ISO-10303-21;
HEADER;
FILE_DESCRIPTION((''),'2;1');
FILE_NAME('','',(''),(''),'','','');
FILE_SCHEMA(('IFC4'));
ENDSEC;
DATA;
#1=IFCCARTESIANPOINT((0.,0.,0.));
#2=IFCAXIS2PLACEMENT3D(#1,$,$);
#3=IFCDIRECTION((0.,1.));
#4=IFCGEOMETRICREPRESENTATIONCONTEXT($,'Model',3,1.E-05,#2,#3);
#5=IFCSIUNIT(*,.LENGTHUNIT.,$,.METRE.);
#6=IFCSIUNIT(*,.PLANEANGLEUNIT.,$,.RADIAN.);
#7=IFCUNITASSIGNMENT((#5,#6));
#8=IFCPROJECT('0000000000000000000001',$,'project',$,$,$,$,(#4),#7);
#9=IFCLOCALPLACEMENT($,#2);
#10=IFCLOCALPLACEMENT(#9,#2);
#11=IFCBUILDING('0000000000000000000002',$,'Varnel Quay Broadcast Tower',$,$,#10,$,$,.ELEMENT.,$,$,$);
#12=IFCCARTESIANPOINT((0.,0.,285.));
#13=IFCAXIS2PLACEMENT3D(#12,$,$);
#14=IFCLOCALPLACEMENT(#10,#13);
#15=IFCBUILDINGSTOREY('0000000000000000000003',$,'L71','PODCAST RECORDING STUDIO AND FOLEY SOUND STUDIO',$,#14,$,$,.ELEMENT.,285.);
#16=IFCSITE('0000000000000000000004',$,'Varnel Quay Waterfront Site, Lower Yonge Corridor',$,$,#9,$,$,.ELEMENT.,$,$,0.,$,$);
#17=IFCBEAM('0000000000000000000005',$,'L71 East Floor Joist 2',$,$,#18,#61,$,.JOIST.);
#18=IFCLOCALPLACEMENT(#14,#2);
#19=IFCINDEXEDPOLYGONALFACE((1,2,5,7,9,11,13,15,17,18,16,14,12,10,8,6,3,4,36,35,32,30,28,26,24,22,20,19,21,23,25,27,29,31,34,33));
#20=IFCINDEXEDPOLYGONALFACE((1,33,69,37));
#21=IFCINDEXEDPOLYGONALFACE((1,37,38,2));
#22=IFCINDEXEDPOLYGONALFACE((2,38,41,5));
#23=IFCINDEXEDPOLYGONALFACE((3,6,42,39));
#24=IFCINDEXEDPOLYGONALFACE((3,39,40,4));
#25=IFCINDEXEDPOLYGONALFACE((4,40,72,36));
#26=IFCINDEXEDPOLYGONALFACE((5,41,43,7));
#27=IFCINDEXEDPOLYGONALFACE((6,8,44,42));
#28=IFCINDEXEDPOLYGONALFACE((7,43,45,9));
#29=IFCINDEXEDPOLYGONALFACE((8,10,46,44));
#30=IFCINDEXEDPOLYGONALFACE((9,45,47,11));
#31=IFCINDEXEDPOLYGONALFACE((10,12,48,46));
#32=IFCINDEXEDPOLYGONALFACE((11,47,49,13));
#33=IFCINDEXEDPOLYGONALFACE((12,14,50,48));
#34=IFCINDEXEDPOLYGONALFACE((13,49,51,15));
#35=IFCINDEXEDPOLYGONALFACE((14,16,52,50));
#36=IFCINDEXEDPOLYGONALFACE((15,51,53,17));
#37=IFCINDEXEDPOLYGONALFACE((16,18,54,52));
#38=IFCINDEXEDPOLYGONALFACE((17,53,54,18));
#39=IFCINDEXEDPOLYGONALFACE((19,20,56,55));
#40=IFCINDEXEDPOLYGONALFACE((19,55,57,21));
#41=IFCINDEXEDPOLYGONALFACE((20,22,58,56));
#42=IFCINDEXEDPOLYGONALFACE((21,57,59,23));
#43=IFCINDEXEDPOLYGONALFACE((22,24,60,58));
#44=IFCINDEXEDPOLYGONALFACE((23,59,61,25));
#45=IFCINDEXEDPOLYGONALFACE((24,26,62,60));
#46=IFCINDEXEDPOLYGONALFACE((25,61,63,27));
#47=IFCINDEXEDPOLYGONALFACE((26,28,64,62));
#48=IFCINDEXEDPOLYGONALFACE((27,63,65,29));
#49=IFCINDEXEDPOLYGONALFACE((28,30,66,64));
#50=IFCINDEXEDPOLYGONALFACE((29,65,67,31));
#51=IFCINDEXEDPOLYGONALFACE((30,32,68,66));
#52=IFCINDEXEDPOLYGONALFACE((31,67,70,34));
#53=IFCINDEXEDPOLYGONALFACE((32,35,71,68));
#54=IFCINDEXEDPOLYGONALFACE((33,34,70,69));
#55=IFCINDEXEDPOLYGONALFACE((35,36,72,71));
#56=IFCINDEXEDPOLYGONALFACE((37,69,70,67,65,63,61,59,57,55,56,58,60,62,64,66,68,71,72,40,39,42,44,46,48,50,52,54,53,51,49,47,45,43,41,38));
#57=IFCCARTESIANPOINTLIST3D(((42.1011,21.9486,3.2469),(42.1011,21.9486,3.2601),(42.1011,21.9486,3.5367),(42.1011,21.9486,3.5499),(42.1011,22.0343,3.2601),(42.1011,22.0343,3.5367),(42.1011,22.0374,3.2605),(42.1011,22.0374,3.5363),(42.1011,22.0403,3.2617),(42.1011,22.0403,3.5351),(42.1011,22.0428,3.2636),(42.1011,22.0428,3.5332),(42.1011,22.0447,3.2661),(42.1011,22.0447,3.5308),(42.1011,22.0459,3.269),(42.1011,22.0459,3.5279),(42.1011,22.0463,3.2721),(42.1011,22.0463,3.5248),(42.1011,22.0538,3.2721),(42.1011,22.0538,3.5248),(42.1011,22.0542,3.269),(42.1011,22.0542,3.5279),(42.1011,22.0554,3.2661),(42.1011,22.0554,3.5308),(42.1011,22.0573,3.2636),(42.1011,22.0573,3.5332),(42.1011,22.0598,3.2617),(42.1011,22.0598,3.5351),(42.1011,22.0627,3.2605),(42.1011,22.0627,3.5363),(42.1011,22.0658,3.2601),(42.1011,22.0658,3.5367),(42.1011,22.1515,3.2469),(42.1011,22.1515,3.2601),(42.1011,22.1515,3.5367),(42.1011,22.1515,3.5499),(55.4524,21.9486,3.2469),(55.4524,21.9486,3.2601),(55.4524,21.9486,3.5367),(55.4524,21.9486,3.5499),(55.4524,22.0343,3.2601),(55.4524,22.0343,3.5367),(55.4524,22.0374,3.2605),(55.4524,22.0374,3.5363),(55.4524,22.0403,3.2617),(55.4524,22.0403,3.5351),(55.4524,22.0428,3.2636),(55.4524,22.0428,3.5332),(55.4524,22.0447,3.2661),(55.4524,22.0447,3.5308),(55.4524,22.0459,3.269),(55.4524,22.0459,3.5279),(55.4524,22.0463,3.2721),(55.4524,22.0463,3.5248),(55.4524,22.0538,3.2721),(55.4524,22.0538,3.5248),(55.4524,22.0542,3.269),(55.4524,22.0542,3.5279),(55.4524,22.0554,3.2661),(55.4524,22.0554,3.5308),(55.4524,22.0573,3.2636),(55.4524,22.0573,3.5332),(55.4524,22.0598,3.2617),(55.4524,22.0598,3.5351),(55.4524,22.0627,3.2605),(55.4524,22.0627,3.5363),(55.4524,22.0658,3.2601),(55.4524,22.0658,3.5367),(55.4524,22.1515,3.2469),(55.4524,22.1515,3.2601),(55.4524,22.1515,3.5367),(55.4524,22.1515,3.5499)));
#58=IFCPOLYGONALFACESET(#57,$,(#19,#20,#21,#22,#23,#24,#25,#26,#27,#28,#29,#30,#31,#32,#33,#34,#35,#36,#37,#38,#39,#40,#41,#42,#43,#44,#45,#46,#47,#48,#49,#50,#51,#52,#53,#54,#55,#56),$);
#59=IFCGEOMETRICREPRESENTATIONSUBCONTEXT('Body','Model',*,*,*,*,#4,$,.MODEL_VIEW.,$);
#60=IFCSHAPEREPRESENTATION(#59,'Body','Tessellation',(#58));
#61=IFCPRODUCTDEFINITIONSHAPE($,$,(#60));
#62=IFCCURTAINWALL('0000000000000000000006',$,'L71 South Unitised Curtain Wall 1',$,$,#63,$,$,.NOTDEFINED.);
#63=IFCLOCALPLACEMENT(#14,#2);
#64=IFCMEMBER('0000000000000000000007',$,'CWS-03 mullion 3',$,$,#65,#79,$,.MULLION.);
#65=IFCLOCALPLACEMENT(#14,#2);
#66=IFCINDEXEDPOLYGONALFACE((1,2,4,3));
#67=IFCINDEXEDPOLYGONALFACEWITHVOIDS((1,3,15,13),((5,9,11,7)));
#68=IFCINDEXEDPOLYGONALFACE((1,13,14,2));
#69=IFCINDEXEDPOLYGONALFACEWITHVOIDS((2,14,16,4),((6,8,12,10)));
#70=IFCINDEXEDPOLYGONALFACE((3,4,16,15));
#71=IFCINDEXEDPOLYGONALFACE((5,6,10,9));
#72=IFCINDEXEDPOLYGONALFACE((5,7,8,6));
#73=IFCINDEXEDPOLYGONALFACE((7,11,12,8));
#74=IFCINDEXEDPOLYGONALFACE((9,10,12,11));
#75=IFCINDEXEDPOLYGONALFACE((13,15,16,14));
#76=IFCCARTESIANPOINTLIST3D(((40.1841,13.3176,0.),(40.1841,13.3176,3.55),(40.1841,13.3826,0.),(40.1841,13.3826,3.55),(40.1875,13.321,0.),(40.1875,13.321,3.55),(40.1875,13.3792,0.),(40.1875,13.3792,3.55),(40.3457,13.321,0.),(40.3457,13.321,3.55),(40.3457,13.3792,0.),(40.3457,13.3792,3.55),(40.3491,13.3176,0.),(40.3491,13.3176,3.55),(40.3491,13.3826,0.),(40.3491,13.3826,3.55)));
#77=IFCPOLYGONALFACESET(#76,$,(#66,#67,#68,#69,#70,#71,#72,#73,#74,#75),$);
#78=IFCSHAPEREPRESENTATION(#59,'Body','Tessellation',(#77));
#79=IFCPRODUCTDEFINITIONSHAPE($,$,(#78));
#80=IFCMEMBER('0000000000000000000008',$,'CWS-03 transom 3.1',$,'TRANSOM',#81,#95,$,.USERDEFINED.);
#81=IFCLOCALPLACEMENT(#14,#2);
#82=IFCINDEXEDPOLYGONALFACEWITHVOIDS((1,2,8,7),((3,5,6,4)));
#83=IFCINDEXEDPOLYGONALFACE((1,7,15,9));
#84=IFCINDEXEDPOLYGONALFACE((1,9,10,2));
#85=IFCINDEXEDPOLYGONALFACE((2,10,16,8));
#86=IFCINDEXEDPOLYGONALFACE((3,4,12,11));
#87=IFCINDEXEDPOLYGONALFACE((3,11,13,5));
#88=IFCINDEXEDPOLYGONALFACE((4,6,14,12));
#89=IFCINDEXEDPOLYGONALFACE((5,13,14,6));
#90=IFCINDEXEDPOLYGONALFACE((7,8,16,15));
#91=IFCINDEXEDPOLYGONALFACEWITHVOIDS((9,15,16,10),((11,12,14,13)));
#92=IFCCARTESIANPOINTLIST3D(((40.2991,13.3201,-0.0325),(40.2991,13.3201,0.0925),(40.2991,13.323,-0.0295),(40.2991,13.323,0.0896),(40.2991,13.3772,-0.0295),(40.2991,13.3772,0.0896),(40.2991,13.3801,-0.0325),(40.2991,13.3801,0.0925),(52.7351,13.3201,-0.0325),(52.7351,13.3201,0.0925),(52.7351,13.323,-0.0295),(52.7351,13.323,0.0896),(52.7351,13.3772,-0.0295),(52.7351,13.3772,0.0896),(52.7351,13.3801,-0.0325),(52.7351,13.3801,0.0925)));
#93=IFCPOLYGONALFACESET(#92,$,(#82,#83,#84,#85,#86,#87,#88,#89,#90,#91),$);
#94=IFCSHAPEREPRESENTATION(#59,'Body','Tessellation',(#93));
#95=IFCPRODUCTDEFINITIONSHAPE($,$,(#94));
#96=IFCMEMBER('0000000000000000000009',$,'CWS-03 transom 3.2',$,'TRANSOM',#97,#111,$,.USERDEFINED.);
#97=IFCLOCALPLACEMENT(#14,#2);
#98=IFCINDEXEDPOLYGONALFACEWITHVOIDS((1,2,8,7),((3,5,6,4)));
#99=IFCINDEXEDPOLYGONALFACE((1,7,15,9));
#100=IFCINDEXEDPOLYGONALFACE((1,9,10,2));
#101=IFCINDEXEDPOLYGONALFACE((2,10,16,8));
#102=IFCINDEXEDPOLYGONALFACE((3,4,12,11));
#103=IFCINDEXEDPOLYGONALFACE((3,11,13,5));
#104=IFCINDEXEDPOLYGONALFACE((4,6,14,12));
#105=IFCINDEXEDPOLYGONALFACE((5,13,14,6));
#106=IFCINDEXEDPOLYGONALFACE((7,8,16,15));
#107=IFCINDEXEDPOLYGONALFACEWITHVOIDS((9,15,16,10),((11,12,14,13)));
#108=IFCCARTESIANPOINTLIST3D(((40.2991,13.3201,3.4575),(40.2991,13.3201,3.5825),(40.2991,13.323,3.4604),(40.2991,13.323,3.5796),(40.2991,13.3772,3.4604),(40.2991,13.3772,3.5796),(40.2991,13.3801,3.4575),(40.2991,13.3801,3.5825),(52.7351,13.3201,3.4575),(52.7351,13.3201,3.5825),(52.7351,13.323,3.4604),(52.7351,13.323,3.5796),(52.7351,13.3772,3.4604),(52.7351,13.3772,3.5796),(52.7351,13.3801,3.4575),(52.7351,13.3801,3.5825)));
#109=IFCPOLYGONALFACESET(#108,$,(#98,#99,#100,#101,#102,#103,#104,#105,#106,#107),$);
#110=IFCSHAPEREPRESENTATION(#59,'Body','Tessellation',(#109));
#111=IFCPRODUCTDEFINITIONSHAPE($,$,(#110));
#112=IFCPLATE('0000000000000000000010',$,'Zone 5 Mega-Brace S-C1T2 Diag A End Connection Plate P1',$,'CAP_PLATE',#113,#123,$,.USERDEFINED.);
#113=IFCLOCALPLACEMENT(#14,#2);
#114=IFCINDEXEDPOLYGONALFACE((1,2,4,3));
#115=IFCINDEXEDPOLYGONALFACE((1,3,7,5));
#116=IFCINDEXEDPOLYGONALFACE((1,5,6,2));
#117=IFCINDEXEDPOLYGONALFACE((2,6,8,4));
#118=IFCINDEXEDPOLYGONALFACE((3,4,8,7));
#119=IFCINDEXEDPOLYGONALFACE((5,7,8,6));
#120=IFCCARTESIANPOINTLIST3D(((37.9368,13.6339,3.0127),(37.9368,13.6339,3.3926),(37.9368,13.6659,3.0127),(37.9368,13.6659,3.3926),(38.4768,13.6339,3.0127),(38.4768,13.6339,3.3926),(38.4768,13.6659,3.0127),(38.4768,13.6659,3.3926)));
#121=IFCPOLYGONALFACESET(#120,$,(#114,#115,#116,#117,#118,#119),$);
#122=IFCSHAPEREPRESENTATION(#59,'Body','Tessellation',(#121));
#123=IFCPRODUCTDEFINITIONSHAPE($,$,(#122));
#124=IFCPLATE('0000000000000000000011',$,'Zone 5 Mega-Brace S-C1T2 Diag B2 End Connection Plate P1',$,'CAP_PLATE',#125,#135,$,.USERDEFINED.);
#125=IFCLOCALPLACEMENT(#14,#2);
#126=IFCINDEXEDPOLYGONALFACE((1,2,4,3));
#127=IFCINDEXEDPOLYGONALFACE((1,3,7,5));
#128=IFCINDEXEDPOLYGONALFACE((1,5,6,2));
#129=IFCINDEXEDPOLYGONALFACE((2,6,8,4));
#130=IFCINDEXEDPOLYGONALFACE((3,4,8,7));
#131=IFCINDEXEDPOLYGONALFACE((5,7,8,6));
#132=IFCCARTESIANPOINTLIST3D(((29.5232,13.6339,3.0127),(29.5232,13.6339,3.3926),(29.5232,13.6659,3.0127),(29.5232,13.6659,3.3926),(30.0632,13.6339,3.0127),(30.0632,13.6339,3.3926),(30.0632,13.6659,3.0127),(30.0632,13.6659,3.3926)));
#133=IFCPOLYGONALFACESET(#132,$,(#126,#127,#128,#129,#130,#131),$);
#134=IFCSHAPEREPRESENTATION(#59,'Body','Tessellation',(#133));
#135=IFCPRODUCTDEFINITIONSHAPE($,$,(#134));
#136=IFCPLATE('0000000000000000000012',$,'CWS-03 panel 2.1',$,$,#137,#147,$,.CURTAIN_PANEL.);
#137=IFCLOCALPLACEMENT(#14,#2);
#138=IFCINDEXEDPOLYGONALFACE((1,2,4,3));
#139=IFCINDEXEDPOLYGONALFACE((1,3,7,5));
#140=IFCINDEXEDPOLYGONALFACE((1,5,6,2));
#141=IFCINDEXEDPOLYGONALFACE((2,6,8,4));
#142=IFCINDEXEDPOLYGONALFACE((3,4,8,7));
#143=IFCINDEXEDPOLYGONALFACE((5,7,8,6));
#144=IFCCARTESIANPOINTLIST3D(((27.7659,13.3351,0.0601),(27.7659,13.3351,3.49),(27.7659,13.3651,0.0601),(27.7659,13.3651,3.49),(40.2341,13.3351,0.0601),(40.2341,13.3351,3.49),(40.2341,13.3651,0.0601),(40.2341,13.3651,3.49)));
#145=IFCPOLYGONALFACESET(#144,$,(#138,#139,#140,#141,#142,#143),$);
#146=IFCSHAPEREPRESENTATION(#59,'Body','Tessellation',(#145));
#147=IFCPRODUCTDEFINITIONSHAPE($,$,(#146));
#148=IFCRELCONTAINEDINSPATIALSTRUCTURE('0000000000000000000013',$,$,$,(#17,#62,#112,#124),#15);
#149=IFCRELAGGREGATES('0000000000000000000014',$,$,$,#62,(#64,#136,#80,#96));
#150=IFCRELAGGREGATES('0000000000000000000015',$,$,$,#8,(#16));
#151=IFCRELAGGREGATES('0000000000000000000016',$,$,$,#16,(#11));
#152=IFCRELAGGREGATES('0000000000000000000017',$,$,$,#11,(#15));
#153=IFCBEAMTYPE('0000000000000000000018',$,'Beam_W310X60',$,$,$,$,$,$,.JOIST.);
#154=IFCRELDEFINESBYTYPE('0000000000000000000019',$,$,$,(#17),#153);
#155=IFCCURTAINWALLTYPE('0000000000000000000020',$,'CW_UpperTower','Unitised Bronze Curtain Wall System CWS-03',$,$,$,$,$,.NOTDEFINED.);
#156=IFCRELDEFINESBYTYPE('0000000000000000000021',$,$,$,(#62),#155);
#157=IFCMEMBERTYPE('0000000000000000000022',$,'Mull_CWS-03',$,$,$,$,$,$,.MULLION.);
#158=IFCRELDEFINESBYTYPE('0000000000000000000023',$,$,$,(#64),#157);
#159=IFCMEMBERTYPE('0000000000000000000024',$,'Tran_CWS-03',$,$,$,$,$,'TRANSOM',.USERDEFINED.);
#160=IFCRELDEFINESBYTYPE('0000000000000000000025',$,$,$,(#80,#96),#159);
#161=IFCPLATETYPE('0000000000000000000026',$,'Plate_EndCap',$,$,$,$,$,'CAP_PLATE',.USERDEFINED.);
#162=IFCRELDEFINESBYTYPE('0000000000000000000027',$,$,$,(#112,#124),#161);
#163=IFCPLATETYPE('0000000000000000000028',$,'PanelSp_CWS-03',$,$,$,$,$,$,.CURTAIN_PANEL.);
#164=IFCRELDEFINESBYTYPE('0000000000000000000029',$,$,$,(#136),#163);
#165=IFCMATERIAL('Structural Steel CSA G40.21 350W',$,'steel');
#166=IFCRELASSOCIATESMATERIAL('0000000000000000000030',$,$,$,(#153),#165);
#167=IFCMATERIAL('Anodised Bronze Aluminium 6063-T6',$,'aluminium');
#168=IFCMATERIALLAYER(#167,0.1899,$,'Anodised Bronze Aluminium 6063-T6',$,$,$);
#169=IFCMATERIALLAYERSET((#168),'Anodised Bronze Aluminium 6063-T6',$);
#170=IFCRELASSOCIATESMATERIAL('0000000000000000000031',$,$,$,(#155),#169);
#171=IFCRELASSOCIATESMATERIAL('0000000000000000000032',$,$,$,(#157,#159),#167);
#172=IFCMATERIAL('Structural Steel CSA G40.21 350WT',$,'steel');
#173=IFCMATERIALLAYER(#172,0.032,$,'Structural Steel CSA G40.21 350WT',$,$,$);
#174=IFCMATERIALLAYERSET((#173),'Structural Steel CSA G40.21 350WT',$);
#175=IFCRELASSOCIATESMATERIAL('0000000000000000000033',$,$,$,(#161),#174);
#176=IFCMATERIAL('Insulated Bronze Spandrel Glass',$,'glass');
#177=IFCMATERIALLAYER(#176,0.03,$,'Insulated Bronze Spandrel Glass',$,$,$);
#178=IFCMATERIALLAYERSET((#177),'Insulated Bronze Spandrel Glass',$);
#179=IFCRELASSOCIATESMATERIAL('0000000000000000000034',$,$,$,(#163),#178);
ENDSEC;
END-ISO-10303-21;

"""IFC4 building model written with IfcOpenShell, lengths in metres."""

from ifc_helpers import new_model, si_unit, direction, frame, origin, origin_2d, place, context, subcontext, project, spatial, rectangle, hollow_rectangle, i_section, extrude, source, transform, mapped, material, layer, layer_set, material_profile, profile_set, type_object, type_shapes, element, aggregate, save


model = new_model("IFC4")

# Units and contexts
model_context = context("Model", 3, precision=1e-05, world=origin(), true_north=direction((0.0, 1.0)))
body_context = subcontext(model_context, "Body", "Model", "MODEL_VIEW")
ifc_project = project(units=[si_unit("LENGTHUNIT", "METRE"), si_unit("PLANEANGLEUNIT", "RADIAN")], contexts=[model_context])

# Site, building, storey
site_placement = place(None, origin())
site = spatial("IfcSite", under=ifc_project, at=site_placement, Name="Varnel Quay Waterfront Site, Lower Yonge Corridor", CompositionType="ELEMENT", RefElevation=0.0)
building_placement = place(site_placement, origin())
building = spatial("IfcBuilding", under=site, at=building_placement, Name="Varnel Quay Broadcast Tower", CompositionType="ELEMENT")
storey_placement = place(building_placement, frame((0.0, 0.0, 285.0)))
storey = spatial("IfcBuildingStorey", under=building, at=storey_placement, Name="L71", Description="PODCAST RECORDING STUDIO AND FOLEY SOUND STUDIO", CompositionType="ELEMENT", Elevation=285.0)

# Shared definitions
ifc_material_1 = material(Name="Structural Steel CSA G40.21 350W", Category="steel")

# Beam
ifc_material_profile_1 = material_profile(ifc_material_1, i_section(OverallWidth=0.2029, OverallDepth=0.303, WebThickness=0.0076, FlangeThickness=0.0132, FilletRadius=0.012, at=origin_2d()), Name="W310X60")
ifc_profile_set_1 = profile_set([ifc_material_profile_1], Name="Structural Steel CSA G40.21 350W")
beam_type_1 = type_object("IfcBeamType", Name="Beam_W310X60", PredefinedType="JOIST", material=ifc_profile_set_1)
shared_shape_1 = source(origin(), body_context, "Body", "SweptSolid", [
    extrude(i_section(OverallWidth=0.2029, OverallDepth=0.303, WebThickness=0.0076, FlangeThickness=0.0132, FilletRadius=0.012, at=origin_2d()), origin(), (0.0, 0.0, 1.0), 13.3513),
])
type_shapes(beam_type_1, [shared_shape_1])
beam_1_placement = place(storey_placement, frame((42.1011, 22.05, 3.3984), z_axis=(1.0, 0.0, 0.0), x_axis=(0.0, 1.0, 0.0)))
element("IfcBeam", 1, at=beam_1_placement, inside=storey, type_object=beam_type_1, Name="L71 East Floor Joist 2", PredefinedType="JOIST", context=body_context, shape_type="MappedRepresentation", body=[
    mapped(shared_shape_1, transform((0.0, 0.0, 0.0), x_axis=(1.0, 0.0, 0.0), y_axis=(0.0, 1.0, 0.0), z_axis=(0.0, 0.0, 1.0), scale=1.0)),
])

# Curtain wall, members
ifc_material_2 = material(Name="Anodised Bronze Aluminium 6063-T6", Category="aluminium")
ifc_layer_1 = layer(ifc_material_2, 0.1899, Name="Anodised Bronze Aluminium 6063-T6")
ifc_layer_set_1 = layer_set([ifc_layer_1], Name="Anodised Bronze Aluminium 6063-T6")
curtain_wall_type = type_object("IfcCurtainWallType", Name="CW_UpperTower", Description="Unitised Bronze Curtain Wall System CWS-03", PredefinedType="NOTDEFINED", material=ifc_layer_set_1)
curtain_wall_placement = place(storey_placement, origin())
curtain_wall = element("IfcCurtainWall", 2, at=curtain_wall_placement, inside=storey, type_object=curtain_wall_type, Name="L71 South Unitised Curtain Wall 1", PredefinedType="NOTDEFINED")
ifc_material_profile_2 = material_profile(ifc_material_2, hollow_rectangle(XDim=0.0649, YDim=0.165, WallThickness=0.0034, at=origin_2d()), Name="ALU65X165X3.5")
ifc_profile_set_2 = profile_set([ifc_material_profile_2], Name="Anodised Bronze Aluminium 6063-T6")
member_type_1 = type_object("IfcMemberType", Name="Mull_CWS-03", PredefinedType="MULLION", material=ifc_profile_set_2)
shared_shape_2 = source(origin(), body_context, "Body", "SweptSolid", [
    extrude(hollow_rectangle(XDim=0.0649, YDim=0.165, WallThickness=0.0034, at=origin_2d()), origin(), (0.0, 0.0, 1.0), 3.55),
])
type_shapes(member_type_1, [shared_shape_2])
member_1_placement = place(storey_placement, frame((40.2666, 13.3501, 0.0), z_axis=(0.0, 0.0, 1.0), x_axis=(0.0, 1.0, 0.0)))
member_1 = element("IfcMember", 3, at=member_1_placement, type_object=member_type_1, Name="CWS-03 mullion 3", PredefinedType="MULLION", context=body_context, shape_type="MappedRepresentation", body=[
    mapped(shared_shape_2, transform((0.0, 0.0, 0.0), x_axis=(1.0, 0.0, 0.0), y_axis=(0.0, 1.0, 0.0), z_axis=(0.0, 0.0, 1.0), scale=1.0)),
])
ifc_material_profile_3 = material_profile(ifc_material_2, hollow_rectangle(XDim=0.0601, YDim=0.125, WallThickness=0.0029, at=origin_2d()), Name="ALU60X125X3")
ifc_profile_set_3 = profile_set([ifc_material_profile_3], Name="Anodised Bronze Aluminium 6063-T6")
member_type_2 = type_object("IfcMemberType", Name="Tran_CWS-03", ElementType="TRANSOM", PredefinedType="USERDEFINED", material=ifc_profile_set_3)
shared_shape_3 = source(origin(), body_context, "Body", "SweptSolid", [
    extrude(hollow_rectangle(XDim=0.0601, YDim=0.125, WallThickness=0.0029, at=origin_2d()), origin(), (0.0, 0.0, 1.0), 12.436),
])
type_shapes(member_type_2, [shared_shape_3])
member_2_placement = place(storey_placement, frame((40.2991, 13.3501, 0.03), z_axis=(1.0, 0.0, 0.0), x_axis=(0.0, 1.0, 0.0)))
member_2 = element("IfcMember", 4, at=member_2_placement, type_object=member_type_2, Name="CWS-03 transom 3.1", ObjectType="TRANSOM", PredefinedType="USERDEFINED", context=body_context, shape_type="MappedRepresentation", body=[
    mapped(shared_shape_3, transform((0.0, 0.0, 0.0), x_axis=(1.0, 0.0, 0.0), y_axis=(0.0, 1.0, 0.0), z_axis=(0.0, 0.0, 1.0), scale=1.0)),
])
member_3_placement = place(storey_placement, frame((40.2991, 13.3501, 3.52), z_axis=(1.0, 0.0, 0.0), x_axis=(0.0, 1.0, 0.0)))
member_3 = element("IfcMember", 5, at=member_3_placement, type_object=member_type_2, Name="CWS-03 transom 3.2", ObjectType="TRANSOM", PredefinedType="USERDEFINED", context=body_context, shape_type="MappedRepresentation", body=[
    mapped(shared_shape_3, transform((0.0, 0.0, 0.0), x_axis=(1.0, 0.0, 0.0), y_axis=(0.0, 1.0, 0.0), z_axis=(0.0, 0.0, 1.0), scale=1.0)),
])

# Plates
ifc_material_3 = material(Name="Structural Steel CSA G40.21 350WT", Category="steel")
ifc_layer_2 = layer(ifc_material_3, 0.032, Name="Structural Steel CSA G40.21 350WT")
ifc_layer_set_2 = layer_set([ifc_layer_2], Name="Structural Steel CSA G40.21 350WT")
plate_type_1 = type_object("IfcPlateType", Name="Plate_EndCap", ElementType="CAP_PLATE", PredefinedType="USERDEFINED", material=ifc_layer_set_2)
shared_shape_4 = source(origin(), body_context, "Body", "SweptSolid", [
    extrude(rectangle(XDim=0.54, YDim=0.032, at=origin_2d()), origin(), (0.0, 0.0, 1.0), 0.3799),
])
type_shapes(plate_type_1, [shared_shape_4])
for number, where, z_axis, x_axis, name in (
    (6, (38.2068, 13.6499, 3.0127), (0.0, 0.0, 1.0), (1.0, 0.0, 0.0), "Zone 5 Mega-Brace S-C1T2 Diag A End Connection Plate P1"),
    (7, (29.7932, 13.6499, 3.0127), (0.0, 0.0, 1.0), (1.0, 0.0, 0.0), "Zone 5 Mega-Brace S-C1T2 Diag B2 End Connection Plate P1"),
):
    element("IfcPlate", number, at=place(storey_placement, frame(where, z_axis=z_axis, x_axis=x_axis)), inside=storey, type_object=plate_type_1, Name=name, ObjectType="CAP_PLATE", PredefinedType="USERDEFINED", context=body_context, shape_type="MappedRepresentation", body=[
        mapped(shared_shape_4, transform((0.0, 0.0, 0.0), x_axis=(1.0, 0.0, 0.0), y_axis=(0.0, 1.0, 0.0), z_axis=(0.0, 0.0, 1.0), scale=1.0)),
    ])

# Plate
ifc_material_4 = material(Name="Insulated Bronze Spandrel Glass", Category="glass")
ifc_layer_3 = layer(ifc_material_4, 0.03, Name="Insulated Bronze Spandrel Glass")
ifc_layer_set_3 = layer_set([ifc_layer_3], Name="Insulated Bronze Spandrel Glass")
plate_type_2 = type_object("IfcPlateType", Name="PanelSp_CWS-03", PredefinedType="CURTAIN_PANEL", material=ifc_layer_set_3)
shared_shape_5 = source(origin(), body_context, "Body", "SweptSolid", [
    extrude(rectangle(XDim=12.4683, YDim=0.03, at=origin_2d()), origin(), (0.0, 0.0, 1.0), 3.4299),
])
type_shapes(plate_type_2, [shared_shape_5])
plate_placement = place(storey_placement, frame((34.0, 13.3501, 0.0601), z_axis=(0.0, 0.0, 1.0), x_axis=(1.0, 0.0, 0.0)))
plate = element("IfcPlate", 8, at=plate_placement, type_object=plate_type_2, Name="CWS-03 panel 2.1", PredefinedType="CURTAIN_PANEL", context=body_context, shape_type="MappedRepresentation", body=[
    mapped(shared_shape_5, transform((0.0, 0.0, 0.0), x_axis=(1.0, 0.0, 0.0), y_axis=(0.0, 1.0, 0.0), z_axis=(0.0, 0.0, 1.0), scale=1.0)),
])
aggregate(curtain_wall, [member_1, plate, member_2, member_3])

save(model, "model.ifc")
